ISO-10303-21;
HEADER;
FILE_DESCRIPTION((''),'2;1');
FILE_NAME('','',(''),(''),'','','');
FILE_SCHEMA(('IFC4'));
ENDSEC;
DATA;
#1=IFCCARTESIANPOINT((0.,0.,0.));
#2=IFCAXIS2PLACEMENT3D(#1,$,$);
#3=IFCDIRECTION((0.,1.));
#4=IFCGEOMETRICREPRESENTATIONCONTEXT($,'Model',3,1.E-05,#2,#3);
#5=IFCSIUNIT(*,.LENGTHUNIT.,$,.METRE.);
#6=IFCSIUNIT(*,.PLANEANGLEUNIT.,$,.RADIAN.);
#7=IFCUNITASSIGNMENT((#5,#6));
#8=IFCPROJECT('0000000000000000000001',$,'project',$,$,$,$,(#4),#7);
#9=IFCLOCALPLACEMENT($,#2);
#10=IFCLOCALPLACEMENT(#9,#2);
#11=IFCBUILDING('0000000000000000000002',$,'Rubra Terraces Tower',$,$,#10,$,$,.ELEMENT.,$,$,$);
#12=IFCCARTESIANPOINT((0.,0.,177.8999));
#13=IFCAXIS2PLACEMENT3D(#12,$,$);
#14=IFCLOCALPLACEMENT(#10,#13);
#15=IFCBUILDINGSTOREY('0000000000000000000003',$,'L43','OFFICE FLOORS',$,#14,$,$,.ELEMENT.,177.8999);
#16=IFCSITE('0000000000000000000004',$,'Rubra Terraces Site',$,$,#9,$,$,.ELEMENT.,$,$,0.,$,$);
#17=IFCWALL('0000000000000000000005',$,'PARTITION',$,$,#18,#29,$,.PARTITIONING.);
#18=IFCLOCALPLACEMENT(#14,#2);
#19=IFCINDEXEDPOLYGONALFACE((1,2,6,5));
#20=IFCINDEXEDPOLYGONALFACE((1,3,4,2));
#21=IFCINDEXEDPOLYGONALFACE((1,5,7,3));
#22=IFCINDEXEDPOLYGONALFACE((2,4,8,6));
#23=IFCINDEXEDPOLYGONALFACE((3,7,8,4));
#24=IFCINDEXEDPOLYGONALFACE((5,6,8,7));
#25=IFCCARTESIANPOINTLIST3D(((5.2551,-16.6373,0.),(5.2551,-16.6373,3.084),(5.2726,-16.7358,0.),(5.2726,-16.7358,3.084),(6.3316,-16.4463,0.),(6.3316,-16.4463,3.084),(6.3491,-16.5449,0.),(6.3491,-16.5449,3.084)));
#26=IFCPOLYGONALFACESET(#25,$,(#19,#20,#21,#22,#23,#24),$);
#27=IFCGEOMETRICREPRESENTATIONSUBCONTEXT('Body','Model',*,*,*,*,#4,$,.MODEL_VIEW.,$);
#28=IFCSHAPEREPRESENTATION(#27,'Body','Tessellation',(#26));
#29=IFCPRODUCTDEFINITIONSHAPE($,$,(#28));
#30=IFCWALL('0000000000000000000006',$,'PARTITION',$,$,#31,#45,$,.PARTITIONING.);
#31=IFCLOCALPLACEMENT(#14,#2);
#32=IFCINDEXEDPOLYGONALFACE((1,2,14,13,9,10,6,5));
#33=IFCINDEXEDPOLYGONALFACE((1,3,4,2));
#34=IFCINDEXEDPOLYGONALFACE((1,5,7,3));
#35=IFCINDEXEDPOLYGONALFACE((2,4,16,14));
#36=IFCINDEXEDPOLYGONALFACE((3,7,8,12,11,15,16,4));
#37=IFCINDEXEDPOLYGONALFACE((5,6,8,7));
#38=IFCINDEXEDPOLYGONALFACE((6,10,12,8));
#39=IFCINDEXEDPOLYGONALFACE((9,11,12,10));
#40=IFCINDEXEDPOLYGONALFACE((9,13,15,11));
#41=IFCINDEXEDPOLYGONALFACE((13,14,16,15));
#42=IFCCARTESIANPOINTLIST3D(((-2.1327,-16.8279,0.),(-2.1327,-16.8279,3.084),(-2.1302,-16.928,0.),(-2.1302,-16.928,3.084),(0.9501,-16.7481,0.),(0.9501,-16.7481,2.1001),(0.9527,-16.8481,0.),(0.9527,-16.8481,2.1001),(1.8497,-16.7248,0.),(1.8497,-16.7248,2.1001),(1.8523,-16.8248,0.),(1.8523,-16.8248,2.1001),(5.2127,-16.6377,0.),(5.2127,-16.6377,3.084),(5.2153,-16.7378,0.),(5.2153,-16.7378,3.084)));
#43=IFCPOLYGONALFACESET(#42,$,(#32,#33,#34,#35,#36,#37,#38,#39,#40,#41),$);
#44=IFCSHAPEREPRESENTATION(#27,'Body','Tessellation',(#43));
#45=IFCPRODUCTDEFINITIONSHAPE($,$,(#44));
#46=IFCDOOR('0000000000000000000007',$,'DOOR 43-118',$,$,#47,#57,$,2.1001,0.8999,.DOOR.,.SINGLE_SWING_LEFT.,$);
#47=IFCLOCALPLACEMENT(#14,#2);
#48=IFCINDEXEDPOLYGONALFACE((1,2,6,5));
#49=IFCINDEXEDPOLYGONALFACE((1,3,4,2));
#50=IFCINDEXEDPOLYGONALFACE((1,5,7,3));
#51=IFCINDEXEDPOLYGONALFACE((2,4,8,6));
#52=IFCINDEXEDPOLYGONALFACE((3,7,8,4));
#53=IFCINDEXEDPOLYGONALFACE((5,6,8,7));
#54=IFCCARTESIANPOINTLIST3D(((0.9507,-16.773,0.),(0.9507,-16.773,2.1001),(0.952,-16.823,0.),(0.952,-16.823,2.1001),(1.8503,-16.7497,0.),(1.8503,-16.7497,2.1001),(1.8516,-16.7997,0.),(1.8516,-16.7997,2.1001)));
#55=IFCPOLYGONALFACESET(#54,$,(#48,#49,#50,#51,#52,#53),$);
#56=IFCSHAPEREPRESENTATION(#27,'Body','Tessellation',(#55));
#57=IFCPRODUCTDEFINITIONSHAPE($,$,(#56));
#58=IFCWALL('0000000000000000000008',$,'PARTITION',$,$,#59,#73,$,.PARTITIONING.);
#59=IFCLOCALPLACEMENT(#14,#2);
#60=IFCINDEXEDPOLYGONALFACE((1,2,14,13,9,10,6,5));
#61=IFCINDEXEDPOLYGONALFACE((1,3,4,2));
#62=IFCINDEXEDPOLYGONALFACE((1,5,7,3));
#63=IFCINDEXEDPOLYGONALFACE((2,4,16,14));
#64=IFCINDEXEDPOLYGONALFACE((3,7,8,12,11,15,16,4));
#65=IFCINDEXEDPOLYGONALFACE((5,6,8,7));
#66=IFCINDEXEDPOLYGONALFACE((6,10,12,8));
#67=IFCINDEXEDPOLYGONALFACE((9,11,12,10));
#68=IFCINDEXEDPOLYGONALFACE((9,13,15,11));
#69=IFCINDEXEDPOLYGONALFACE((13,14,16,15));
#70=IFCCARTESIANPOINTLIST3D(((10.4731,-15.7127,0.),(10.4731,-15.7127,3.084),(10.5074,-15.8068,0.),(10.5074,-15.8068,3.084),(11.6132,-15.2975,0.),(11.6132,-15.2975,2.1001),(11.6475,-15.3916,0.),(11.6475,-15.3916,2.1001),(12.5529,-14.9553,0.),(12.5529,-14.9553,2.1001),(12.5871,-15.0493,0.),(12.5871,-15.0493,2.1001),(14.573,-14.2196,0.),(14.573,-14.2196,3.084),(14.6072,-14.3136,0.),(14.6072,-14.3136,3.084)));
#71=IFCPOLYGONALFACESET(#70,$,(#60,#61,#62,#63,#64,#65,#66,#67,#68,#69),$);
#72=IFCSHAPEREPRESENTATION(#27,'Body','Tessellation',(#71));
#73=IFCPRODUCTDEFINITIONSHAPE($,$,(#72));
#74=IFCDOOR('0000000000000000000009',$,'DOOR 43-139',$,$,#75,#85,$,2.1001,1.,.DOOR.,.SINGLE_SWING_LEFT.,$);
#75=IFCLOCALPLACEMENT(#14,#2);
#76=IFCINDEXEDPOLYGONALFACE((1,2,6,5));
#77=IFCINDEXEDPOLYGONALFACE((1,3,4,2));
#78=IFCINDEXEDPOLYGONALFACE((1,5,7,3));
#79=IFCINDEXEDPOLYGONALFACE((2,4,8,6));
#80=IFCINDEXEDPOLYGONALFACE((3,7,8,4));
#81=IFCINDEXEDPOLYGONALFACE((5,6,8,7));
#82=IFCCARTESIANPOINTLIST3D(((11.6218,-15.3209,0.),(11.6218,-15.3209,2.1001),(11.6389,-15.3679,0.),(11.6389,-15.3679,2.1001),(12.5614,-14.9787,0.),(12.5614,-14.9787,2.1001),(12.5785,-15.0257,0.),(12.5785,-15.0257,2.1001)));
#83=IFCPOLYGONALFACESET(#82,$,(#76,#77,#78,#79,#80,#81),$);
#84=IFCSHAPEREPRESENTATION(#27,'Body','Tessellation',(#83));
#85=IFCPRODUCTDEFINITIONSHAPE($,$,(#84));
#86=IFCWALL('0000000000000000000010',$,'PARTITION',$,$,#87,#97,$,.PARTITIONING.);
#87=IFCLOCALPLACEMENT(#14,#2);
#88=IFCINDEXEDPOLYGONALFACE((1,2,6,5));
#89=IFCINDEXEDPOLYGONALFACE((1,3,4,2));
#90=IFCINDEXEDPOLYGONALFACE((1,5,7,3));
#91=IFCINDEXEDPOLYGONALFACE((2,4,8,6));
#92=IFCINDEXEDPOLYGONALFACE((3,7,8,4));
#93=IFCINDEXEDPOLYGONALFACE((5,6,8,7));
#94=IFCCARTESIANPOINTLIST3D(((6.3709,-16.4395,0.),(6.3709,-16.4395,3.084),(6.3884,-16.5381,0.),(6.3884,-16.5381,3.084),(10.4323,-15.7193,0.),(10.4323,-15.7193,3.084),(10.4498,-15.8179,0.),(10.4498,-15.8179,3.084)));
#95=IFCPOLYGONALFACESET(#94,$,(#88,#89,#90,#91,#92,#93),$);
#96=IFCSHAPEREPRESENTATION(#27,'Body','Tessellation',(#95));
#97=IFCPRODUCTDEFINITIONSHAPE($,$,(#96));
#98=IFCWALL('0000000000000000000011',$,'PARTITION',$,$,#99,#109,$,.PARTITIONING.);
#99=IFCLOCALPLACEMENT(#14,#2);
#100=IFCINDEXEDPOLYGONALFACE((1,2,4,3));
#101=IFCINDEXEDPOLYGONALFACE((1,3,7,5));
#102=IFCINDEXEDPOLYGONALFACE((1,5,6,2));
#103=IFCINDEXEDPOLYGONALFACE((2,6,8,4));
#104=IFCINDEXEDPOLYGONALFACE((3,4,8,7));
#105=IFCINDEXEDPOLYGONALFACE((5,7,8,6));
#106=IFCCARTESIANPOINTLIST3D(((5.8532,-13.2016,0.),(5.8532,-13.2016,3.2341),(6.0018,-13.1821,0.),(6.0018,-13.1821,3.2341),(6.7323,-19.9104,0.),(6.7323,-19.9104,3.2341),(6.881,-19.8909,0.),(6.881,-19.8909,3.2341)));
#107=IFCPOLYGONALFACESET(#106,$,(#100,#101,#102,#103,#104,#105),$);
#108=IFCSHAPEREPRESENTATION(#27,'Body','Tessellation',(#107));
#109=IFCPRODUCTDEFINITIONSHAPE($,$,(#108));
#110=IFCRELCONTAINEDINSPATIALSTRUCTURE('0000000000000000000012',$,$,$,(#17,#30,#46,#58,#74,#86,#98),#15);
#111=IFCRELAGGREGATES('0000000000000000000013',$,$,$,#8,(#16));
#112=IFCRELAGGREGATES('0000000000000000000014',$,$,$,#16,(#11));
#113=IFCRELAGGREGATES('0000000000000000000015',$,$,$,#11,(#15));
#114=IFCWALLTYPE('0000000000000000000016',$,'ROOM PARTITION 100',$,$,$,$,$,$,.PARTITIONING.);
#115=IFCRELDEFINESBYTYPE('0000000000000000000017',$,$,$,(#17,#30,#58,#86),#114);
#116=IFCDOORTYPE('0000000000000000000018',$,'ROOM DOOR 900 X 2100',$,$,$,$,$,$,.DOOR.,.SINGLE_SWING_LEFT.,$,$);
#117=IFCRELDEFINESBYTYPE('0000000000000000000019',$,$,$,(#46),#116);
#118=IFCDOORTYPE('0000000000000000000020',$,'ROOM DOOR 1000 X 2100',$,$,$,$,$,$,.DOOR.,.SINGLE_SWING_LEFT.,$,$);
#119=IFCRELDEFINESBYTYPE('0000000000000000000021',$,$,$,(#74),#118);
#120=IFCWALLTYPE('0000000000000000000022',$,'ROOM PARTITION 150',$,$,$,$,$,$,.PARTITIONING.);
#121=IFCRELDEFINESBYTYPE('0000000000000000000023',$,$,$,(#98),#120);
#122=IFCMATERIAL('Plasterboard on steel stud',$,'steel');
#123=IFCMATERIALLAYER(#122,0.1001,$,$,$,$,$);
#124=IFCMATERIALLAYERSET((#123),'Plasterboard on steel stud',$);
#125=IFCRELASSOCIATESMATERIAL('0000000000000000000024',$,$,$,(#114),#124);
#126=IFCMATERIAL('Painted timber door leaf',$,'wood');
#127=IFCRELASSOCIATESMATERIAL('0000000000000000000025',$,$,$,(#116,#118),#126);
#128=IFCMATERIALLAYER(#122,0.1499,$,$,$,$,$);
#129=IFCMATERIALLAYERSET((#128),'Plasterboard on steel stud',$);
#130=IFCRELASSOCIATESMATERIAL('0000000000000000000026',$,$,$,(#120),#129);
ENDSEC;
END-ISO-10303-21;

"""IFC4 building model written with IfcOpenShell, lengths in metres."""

from ifc_helpers import new_model, si_unit, direction, frame, frame_2d, origin, place, context, subcontext, project, spatial, rectangle, extrude, material, layer, layer_set, type_object, element, fill, save


model = new_model("IFC4")

# Units and contexts
model_context = context("Model", 3, precision=1e-05, world=origin(), true_north=direction((0.0, 1.0)))
body_context = subcontext(model_context, "Body", "Model", "MODEL_VIEW")
ifc_project = project(units=[si_unit("LENGTHUNIT", "METRE"), si_unit("PLANEANGLEUNIT", "RADIAN")], contexts=[model_context])

# Site, building, storey
site_placement = place(None, origin())
site = spatial("IfcSite", under=ifc_project, at=site_placement, Name="Rubra Terraces Site", CompositionType="ELEMENT", RefElevation=0.0)
building_placement = place(site_placement, origin())
building = spatial("IfcBuilding", under=site, at=building_placement, Name="Rubra Terraces Tower", CompositionType="ELEMENT")
storey_placement = place(building_placement, frame((0.0, 0.0, 177.8999)))
storey = spatial("IfcBuildingStorey", under=building, at=storey_placement, Name="L43", Description="OFFICE FLOORS", CompositionType="ELEMENT", Elevation=177.8999)

# Wall
ifc_material_1 = material(Name="Plasterboard on steel stud", Category="steel")
ifc_layer_1 = layer(ifc_material_1, 0.1001)
ifc_layer_set_1 = layer_set([ifc_layer_1], Name="Plasterboard on steel stud")
wall_type_1 = type_object("IfcWallType", Name="ROOM PARTITION 100", PredefinedType="PARTITIONING", material=ifc_layer_set_1)
wall_1_placement = place(storey_placement, frame((6.3403, -16.4956, 0.0), z_axis=(0.0, 0.0, 1.0), x_axis=(-0.984633, -0.174639, 0.0)))
element("IfcWall", 1, at=wall_1_placement, inside=storey, type_object=wall_type_1, Name="PARTITION", PredefinedType="PARTITIONING", context=body_context, shape_type="SweptSolid", body=[
    extrude(rectangle(XDim=1.0933, YDim=0.1001, at=frame_2d((0.5466, 0.0))), origin(), (0.0, 0.0, 1.0), 3.084),
])

# Walls, openings, doors
wall_2_placement = place(storey_placement, frame((5.2139, -16.6877, 0.0), z_axis=(0.0, 0.0, 1.0), x_axis=(-0.999665, -0.025883, 0.0)))
wall_2 = element("IfcWall", 2, at=wall_2_placement, inside=storey, type_object=wall_type_1, Name="PARTITION", PredefinedType="PARTITIONING", context=body_context, shape_type="SweptSolid", body=[
    extrude(rectangle(XDim=7.3479, YDim=0.1001, at=frame_2d((3.6738, 0.0))), origin(), (0.0, 0.0, 1.0), 3.084),
])
opening_1_placement = place(wall_2_placement, frame((3.364, 0.0, 0.0)))
opening_1 = element("IfcOpeningElement", 3, at=opening_1_placement, cuts=wall_2, PredefinedType="OPENING", context=body_context, shape_type="SweptSolid", body=[
    extrude(rectangle(XDim=0.8999, YDim=2.1001, at=frame_2d((0.45, 1.05))), frame((0.0, 0.0601, 0.0), z_axis=(0.0, -1.0, 0.0), x_axis=(1.0, 0.0, 0.0)), (0.0, 0.0, 1.0), 0.1201),
])
ifc_material_2 = material(Name="Painted timber door leaf", Category="wood")
door_type_1 = type_object("IfcDoorType", Name="ROOM DOOR 900 X 2100", OperationType="SINGLE_SWING_LEFT", PredefinedType="DOOR", material=ifc_material_2)
door_1_placement = place(opening_1_placement, origin())
door_1 = element("IfcDoor", 4, at=door_1_placement, inside=storey, type_object=door_type_1, Name="DOOR 43-118", OperationType="SINGLE_SWING_LEFT", OverallHeight=2.1001, OverallWidth=0.8999, PredefinedType="DOOR", context=body_context, shape_type="SweptSolid", body=[
    extrude(rectangle(XDim=0.8999, YDim=2.1001, at=frame_2d((0.45, 1.05))), frame((0.0, 0.0249, 0.0), z_axis=(0.0, -1.0, 0.0), x_axis=(1.0, 0.0, 0.0)), (0.0, 0.0, 1.0), 0.05),
])
fill(opening_1, door_1)
wall_3_placement = place(storey_placement, frame((14.5901, -14.2666, 0.0), z_axis=(0.0, 0.0, 1.0), x_axis=(-0.939623, -0.34221, 0.0)))
wall_3 = element("IfcWall", 5, at=wall_3_placement, inside=storey, type_object=wall_type_1, Name="PARTITION", PredefinedType="PARTITIONING", context=body_context, shape_type="SweptSolid", body=[
    extrude(rectangle(XDim=4.3633, YDim=0.1001, at=frame_2d((2.1816, 0.0))), origin(), (0.0, 0.0, 1.0), 3.084),
])
opening_2_placement = place(wall_3_placement, frame((2.1499, 0.0, 0.0)))
opening_2 = element("IfcOpeningElement", 6, at=opening_2_placement, cuts=wall_3, PredefinedType="OPENING", context=body_context, shape_type="SweptSolid", body=[
    extrude(rectangle(XDim=1.0, YDim=2.1001, at=frame_2d((0.5, 1.05))), frame((0.0, 0.0601, 0.0), z_axis=(0.0, -1.0, 0.0), x_axis=(1.0, 0.0, 0.0)), (0.0, 0.0, 1.0), 0.1201),
])
door_type_2 = type_object("IfcDoorType", Name="ROOM DOOR 1000 X 2100", OperationType="SINGLE_SWING_LEFT", PredefinedType="DOOR", material=ifc_material_2)
door_2_placement = place(opening_2_placement, origin())
door_2 = element("IfcDoor", 7, at=door_2_placement, inside=storey, type_object=door_type_2, Name="DOOR 43-139", OperationType="SINGLE_SWING_LEFT", OverallHeight=2.1001, OverallWidth=1.0, PredefinedType="DOOR", context=body_context, shape_type="SweptSolid", body=[
    extrude(rectangle(XDim=1.0, YDim=2.1001, at=frame_2d((0.5, 1.05))), frame((0.0, 0.0249, 0.0), z_axis=(0.0, -1.0, 0.0), x_axis=(1.0, 0.0, 0.0)), (0.0, 0.0, 1.0), 0.05),
])
fill(opening_2, door_2)

# Walls
wall_4_placement = place(storey_placement, frame((10.4412, -15.7686, 0.0), z_axis=(0.0, 0.0, 1.0), x_axis=(-0.984637, -0.174613, 0.0)))
element("IfcWall", 8, at=wall_4_placement, inside=storey, type_object=wall_type_1, Name="PARTITION", PredefinedType="PARTITIONING", context=body_context, shape_type="SweptSolid", body=[
    extrude(rectangle(XDim=4.1248, YDim=0.1001, at=frame_2d((2.0625, 0.0))), origin(), (0.0, 0.0, 1.0), 3.084),
])
ifc_layer_2 = layer(ifc_material_1, 0.1499)
ifc_layer_set_2 = layer_set([ifc_layer_2], Name="Plasterboard on steel stud")
wall_type_2 = type_object("IfcWallType", Name="ROOM PARTITION 150", PredefinedType="PARTITIONING", material=ifc_layer_set_2)
wall_5_placement = place(storey_placement, frame((6.8066, -19.9006, 0.0), z_axis=(0.0, 0.0, 1.0), x_axis=(-0.129935, 0.991523, 0.0)))
element("IfcWall", 9, at=wall_5_placement, inside=storey, type_object=wall_type_2, Name="PARTITION", PredefinedType="PARTITIONING", context=body_context, shape_type="SweptSolid", body=[
    extrude(rectangle(XDim=6.7661, YDim=0.1499, at=frame_2d((3.3831, 0.0))), origin(), (0.0, 0.0, 1.0), 3.2341),
])

save(model, "model.ifc")
